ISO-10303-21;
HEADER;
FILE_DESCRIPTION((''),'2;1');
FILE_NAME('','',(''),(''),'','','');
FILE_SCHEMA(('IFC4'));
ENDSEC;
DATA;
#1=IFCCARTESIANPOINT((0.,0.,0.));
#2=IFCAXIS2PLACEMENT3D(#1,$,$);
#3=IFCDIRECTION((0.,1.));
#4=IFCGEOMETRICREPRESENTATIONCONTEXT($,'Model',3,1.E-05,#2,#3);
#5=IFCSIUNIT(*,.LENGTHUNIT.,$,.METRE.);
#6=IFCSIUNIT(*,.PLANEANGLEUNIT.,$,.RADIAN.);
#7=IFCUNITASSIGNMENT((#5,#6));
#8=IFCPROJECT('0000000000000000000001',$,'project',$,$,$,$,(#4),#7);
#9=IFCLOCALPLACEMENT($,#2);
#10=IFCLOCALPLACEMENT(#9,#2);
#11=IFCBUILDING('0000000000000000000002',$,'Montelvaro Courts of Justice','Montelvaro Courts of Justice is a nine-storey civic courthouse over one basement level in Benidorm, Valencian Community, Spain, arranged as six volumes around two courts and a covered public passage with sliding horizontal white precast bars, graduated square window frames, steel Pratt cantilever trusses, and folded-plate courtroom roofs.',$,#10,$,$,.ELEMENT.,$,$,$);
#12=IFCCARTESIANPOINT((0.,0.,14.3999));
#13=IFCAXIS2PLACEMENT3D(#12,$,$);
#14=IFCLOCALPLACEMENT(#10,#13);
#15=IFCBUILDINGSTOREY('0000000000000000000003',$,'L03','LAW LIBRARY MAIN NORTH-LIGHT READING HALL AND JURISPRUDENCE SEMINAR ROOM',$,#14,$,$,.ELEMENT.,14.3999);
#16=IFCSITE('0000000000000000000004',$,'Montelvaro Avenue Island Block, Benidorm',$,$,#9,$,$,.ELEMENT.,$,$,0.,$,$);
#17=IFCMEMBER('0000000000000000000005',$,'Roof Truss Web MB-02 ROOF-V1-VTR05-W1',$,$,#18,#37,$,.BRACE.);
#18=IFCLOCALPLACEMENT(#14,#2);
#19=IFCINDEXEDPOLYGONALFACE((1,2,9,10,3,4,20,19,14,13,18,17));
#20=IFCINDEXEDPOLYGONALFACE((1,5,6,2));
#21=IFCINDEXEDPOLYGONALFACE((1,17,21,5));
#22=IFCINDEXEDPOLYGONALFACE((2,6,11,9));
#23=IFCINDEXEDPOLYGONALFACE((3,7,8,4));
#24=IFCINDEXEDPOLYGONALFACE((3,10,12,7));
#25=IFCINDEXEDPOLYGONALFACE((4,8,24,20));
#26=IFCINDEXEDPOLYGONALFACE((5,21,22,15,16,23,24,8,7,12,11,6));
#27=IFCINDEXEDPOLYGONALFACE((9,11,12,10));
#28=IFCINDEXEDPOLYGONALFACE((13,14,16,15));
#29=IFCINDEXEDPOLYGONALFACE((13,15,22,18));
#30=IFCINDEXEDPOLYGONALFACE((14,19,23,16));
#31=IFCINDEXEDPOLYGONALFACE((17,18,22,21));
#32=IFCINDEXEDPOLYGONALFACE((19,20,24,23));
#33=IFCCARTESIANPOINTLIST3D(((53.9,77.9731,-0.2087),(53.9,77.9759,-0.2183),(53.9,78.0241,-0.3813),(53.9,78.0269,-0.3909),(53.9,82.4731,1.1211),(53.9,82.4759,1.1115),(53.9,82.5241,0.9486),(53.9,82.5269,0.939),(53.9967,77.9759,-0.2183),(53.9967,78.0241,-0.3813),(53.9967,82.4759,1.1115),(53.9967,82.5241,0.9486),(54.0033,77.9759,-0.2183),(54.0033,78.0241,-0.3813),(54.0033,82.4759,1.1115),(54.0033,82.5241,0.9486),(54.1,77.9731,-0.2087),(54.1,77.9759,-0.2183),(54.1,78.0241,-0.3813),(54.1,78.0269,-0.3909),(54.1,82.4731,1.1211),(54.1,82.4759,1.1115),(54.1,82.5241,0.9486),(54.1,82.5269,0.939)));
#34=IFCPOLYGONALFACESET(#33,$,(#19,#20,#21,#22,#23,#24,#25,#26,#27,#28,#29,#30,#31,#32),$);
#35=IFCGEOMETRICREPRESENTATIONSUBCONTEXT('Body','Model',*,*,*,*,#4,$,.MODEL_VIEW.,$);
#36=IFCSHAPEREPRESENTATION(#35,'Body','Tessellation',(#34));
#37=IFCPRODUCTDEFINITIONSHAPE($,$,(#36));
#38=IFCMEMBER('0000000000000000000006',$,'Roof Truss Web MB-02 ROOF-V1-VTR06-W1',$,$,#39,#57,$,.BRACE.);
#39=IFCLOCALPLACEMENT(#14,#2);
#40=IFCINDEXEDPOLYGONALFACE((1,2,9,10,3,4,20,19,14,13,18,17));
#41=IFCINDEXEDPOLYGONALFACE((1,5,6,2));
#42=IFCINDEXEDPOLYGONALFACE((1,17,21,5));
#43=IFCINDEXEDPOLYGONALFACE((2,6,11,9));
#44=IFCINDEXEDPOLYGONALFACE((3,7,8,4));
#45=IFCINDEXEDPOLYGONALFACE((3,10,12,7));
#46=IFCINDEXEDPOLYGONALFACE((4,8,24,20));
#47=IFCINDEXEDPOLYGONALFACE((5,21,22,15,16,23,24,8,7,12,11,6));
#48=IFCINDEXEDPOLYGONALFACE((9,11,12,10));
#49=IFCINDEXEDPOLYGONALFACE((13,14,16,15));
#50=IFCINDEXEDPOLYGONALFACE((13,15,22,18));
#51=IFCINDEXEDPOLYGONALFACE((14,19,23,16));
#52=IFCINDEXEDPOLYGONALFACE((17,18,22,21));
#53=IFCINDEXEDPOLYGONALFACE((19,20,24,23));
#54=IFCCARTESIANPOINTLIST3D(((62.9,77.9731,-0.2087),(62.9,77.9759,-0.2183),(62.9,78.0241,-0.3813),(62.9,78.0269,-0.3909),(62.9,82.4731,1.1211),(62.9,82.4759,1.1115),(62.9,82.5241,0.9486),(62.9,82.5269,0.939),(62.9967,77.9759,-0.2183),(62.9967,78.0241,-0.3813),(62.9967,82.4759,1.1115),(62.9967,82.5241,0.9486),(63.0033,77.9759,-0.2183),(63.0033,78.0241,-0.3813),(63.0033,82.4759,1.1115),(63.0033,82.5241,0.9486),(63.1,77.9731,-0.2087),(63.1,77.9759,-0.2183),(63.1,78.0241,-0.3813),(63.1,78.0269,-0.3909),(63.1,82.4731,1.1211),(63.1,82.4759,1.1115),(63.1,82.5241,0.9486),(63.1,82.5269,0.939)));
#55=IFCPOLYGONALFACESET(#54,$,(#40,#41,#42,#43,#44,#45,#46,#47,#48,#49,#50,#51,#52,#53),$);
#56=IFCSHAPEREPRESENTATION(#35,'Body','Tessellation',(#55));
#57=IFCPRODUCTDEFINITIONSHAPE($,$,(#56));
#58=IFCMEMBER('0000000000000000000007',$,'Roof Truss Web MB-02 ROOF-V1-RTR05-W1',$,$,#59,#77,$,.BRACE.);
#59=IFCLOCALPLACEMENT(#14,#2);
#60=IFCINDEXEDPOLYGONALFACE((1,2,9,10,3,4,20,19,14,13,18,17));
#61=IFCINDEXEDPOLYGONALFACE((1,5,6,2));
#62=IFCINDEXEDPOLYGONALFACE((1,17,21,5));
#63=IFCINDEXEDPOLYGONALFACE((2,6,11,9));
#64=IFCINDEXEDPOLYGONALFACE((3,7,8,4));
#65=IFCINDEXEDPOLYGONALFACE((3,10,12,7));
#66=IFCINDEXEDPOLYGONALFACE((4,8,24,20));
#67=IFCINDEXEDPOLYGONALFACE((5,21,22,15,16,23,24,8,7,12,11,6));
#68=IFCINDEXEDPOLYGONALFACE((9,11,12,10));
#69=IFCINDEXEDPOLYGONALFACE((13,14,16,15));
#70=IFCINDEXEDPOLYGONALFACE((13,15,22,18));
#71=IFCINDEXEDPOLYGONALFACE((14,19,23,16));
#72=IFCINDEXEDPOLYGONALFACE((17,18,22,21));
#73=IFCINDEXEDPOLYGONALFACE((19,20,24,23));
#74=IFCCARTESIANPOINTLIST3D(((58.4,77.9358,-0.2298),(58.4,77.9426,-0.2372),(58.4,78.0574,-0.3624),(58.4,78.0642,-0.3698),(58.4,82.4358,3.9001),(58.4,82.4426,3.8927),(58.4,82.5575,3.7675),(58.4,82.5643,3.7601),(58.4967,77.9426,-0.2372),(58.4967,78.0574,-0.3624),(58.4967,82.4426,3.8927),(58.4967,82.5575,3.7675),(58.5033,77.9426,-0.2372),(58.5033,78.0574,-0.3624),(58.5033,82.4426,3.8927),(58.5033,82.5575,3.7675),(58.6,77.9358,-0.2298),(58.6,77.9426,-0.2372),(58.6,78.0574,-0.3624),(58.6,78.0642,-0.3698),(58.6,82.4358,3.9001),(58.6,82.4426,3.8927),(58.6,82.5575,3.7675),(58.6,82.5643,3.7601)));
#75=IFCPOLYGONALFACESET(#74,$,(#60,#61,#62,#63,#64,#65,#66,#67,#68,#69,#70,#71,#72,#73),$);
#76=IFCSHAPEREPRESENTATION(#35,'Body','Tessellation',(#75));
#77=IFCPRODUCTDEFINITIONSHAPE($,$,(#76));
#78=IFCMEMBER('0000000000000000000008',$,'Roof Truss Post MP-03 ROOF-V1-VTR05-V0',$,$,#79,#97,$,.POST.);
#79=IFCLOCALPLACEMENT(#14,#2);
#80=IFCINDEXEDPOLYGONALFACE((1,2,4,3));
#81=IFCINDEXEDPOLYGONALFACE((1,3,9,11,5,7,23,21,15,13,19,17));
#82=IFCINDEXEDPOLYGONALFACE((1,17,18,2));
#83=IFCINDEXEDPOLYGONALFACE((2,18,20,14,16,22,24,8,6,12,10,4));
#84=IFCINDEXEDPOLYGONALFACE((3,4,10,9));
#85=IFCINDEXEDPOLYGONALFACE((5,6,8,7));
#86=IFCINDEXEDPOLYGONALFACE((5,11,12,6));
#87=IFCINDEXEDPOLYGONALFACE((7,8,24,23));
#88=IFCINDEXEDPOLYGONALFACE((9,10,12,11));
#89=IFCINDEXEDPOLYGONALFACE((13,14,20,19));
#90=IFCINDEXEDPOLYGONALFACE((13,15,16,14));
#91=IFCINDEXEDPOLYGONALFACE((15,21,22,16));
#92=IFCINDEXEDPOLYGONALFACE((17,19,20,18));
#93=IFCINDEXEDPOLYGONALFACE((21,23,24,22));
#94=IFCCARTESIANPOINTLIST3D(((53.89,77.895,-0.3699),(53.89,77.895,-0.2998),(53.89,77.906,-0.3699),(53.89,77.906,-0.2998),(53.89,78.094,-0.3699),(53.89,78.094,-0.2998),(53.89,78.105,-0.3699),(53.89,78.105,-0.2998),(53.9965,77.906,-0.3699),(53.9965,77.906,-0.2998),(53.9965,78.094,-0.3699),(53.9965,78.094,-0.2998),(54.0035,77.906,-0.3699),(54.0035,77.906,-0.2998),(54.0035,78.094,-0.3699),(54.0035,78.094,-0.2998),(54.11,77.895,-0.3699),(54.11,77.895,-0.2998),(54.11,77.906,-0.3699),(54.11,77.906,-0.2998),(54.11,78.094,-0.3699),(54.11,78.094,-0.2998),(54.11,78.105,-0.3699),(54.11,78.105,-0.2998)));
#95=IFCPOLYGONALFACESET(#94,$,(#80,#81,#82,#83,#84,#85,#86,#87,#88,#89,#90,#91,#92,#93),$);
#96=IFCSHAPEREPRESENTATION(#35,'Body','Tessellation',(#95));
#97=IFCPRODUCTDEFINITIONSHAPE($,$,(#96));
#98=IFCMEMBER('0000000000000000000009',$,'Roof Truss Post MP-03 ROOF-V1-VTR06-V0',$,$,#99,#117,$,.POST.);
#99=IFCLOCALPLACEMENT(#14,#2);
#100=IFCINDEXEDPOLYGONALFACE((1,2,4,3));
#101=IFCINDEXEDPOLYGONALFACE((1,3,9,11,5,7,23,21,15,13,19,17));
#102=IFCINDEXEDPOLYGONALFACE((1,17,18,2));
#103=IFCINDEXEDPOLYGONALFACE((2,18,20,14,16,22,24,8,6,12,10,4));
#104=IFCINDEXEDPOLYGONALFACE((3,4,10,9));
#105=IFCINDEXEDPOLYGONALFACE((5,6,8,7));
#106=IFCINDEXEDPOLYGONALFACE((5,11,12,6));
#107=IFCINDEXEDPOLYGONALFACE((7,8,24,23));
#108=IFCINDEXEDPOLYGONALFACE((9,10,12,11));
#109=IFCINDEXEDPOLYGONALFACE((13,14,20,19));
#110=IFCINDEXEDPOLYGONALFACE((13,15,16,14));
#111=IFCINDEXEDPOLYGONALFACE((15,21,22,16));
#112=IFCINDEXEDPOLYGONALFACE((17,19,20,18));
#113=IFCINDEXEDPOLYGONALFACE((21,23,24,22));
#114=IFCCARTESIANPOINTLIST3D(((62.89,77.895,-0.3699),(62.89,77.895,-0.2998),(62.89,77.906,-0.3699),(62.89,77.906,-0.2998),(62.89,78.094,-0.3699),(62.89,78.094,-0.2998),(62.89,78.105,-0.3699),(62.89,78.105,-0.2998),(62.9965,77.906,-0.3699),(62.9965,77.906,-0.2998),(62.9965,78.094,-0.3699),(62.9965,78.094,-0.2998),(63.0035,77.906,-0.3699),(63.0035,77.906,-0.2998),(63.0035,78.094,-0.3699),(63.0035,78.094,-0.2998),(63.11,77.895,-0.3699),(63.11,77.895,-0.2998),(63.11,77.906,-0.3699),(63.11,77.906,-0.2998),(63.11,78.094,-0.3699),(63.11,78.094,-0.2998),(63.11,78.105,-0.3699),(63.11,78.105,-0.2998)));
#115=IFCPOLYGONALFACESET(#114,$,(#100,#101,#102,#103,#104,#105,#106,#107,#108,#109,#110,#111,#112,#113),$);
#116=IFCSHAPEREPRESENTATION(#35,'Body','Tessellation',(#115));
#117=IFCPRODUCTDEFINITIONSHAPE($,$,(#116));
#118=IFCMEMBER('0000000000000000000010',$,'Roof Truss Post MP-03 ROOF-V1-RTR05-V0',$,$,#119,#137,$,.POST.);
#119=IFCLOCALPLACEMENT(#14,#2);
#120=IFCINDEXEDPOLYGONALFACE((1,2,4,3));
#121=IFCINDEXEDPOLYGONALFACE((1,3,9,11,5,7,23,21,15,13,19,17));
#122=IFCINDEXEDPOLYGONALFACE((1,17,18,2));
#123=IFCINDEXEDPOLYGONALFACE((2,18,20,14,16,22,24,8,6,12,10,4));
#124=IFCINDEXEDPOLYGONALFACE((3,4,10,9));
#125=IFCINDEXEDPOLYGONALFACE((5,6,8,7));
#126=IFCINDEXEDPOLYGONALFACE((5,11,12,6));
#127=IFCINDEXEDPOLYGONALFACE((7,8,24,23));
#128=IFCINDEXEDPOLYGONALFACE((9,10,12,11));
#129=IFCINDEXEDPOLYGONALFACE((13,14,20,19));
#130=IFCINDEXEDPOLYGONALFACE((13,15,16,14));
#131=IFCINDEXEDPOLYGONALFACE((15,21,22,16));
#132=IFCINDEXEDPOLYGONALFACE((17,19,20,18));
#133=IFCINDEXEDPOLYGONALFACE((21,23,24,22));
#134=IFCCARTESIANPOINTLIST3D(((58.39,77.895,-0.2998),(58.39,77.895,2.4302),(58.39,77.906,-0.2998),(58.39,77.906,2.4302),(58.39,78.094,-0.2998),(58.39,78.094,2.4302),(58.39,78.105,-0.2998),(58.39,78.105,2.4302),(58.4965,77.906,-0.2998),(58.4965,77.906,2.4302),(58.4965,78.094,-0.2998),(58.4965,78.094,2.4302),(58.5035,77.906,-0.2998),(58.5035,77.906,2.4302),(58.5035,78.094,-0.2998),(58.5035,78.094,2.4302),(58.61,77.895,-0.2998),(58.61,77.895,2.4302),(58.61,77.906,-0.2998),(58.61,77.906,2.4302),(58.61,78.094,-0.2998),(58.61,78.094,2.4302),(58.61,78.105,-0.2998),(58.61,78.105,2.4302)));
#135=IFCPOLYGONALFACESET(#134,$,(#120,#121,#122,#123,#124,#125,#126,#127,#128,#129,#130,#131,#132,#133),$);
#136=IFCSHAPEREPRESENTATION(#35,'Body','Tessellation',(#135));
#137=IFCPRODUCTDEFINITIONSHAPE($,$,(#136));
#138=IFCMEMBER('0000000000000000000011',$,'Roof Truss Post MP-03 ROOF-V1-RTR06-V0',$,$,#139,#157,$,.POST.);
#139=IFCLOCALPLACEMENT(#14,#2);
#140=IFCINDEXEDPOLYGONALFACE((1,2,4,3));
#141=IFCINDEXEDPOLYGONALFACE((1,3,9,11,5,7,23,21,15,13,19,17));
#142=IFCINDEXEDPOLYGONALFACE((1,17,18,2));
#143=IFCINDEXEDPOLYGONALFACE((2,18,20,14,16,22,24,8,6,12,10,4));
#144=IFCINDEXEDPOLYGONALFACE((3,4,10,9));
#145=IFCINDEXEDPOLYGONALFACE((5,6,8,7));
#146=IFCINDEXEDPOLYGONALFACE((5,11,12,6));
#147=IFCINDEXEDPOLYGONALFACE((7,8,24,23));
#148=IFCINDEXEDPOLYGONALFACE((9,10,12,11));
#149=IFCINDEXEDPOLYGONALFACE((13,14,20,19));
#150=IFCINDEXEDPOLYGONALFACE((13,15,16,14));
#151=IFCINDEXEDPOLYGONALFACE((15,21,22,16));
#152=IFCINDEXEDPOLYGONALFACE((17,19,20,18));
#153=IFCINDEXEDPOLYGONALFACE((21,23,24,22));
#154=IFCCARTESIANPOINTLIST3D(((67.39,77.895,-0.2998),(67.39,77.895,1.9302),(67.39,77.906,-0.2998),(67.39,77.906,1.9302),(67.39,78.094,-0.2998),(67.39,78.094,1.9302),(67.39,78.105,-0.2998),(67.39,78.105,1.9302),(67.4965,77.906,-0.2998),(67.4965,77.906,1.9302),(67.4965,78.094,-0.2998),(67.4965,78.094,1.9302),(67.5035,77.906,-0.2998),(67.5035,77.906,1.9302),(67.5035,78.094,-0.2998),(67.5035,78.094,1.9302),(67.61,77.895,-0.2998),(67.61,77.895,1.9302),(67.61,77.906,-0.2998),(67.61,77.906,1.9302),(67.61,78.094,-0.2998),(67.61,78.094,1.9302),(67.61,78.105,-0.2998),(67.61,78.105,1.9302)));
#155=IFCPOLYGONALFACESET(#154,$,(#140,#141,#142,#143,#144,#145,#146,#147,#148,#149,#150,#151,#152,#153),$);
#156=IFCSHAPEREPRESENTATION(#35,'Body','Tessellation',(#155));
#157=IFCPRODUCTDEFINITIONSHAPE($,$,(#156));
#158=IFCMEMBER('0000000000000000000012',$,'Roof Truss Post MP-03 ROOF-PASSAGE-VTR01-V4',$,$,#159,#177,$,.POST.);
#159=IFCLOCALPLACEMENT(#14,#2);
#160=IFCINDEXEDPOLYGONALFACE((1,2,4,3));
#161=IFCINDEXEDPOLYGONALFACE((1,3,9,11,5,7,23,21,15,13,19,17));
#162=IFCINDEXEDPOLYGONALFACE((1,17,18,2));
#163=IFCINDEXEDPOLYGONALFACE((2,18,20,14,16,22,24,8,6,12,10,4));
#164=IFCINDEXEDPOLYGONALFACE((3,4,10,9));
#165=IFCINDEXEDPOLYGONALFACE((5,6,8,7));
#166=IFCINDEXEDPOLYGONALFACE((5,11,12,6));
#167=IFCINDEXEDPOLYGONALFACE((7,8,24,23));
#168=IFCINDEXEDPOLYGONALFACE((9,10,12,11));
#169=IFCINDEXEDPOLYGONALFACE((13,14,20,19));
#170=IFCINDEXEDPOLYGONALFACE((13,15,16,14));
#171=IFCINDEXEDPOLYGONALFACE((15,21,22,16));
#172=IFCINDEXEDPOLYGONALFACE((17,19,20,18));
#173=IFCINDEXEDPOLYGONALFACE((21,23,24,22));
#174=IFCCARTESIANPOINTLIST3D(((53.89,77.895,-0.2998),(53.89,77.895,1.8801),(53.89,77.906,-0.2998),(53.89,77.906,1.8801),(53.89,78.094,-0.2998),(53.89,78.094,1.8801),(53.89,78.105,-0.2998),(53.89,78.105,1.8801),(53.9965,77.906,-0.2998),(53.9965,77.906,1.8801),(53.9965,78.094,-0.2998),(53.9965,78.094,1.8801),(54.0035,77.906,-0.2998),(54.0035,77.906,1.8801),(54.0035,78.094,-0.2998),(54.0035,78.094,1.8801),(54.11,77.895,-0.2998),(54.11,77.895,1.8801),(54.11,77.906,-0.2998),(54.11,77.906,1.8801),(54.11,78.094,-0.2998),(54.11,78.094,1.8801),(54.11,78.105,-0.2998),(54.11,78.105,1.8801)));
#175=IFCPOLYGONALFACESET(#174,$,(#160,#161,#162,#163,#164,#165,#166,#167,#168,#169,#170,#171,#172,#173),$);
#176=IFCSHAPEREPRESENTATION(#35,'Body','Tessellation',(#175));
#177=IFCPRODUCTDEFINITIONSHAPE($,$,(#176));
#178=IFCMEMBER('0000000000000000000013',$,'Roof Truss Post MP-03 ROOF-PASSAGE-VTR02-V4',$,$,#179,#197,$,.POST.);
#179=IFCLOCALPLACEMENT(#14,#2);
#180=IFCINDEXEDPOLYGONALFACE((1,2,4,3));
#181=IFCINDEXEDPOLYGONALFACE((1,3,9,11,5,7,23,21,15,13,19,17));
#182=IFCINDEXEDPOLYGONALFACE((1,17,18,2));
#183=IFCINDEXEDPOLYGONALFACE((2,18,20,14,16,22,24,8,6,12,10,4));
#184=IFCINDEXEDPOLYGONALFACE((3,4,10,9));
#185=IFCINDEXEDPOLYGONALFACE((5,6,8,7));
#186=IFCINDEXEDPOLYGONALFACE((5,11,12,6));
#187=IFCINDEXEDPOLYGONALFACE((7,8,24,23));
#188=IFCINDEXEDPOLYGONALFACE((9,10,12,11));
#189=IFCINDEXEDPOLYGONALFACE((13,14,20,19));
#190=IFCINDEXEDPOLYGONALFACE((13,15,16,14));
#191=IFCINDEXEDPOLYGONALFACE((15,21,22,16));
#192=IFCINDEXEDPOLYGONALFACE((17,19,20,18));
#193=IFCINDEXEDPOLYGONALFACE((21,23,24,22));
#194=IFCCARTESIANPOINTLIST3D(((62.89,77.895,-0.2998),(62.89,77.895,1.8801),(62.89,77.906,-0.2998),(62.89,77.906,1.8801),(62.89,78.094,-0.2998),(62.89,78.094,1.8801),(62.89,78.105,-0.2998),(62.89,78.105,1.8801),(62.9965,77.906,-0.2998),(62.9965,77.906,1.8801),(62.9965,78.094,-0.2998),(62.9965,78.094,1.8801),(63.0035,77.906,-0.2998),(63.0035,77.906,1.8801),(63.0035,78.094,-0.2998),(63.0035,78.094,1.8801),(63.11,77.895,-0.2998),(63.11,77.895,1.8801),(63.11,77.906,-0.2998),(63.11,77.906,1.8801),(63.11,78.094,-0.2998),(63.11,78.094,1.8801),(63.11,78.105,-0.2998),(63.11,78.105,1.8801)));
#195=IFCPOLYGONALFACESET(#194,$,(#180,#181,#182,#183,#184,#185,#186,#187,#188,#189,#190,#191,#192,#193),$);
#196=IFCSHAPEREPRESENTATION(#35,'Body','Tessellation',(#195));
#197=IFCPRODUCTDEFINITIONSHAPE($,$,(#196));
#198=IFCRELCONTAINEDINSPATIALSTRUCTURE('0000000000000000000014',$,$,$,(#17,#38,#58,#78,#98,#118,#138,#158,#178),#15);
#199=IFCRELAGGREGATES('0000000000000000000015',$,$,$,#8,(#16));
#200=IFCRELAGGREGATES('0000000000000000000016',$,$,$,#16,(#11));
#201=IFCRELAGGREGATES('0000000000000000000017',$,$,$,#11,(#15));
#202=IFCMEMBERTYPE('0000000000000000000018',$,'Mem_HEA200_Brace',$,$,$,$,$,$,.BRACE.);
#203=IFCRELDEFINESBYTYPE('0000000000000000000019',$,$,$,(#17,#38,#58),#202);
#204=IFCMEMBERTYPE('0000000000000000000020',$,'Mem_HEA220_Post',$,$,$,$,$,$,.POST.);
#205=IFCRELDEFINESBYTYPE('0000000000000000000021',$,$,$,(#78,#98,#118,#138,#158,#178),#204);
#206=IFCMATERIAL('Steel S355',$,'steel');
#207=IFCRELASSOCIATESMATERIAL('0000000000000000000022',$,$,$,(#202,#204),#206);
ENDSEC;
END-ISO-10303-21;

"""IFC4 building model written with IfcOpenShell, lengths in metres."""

from ifc_helpers import new_model, si_unit, direction, frame, origin, origin_2d, place, context, subcontext, project, spatial, i_section, extrude, material, material_profile, profile_set, type_object, element, save


model = new_model("IFC4")

# Units and contexts
model_context = context("Model", 3, precision=1e-05, world=origin(), true_north=direction((0.0, 1.0)))
body_context = subcontext(model_context, "Body", "Model", "MODEL_VIEW")
ifc_project = project(units=[si_unit("LENGTHUNIT", "METRE"), si_unit("PLANEANGLEUNIT", "RADIAN")], contexts=[model_context])

# Site, building, storey
site_placement = place(None, origin())
site = spatial("IfcSite", under=ifc_project, at=site_placement, Name="Montelvaro Avenue Island Block, Benidorm", CompositionType="ELEMENT", RefElevation=0.0)
building_placement = place(site_placement, origin())
building = spatial("IfcBuilding", under=site, at=building_placement, Name="Montelvaro Courts of Justice", Description="Montelvaro Courts of Justice is a nine-storey civic courthouse over one basement level in Benidorm, Valencian Community, Spain, arranged as six volumes around two courts and a covered public passage with sliding horizontal white precast bars, graduated square window frames, steel Pratt cantilever trusses, and folded-plate courtroom roofs.", CompositionType="ELEMENT")
storey_placement = place(building_placement, frame((0.0, 0.0, 14.3999)))
storey = spatial("IfcBuildingStorey", under=building, at=storey_placement, Name="L03", Description="LAW LIBRARY MAIN NORTH-LIGHT READING HALL AND JURISPRUDENCE SEMINAR ROOM", CompositionType="ELEMENT", Elevation=14.3999)

# Members
ifc_material_1 = material(Name="Steel S355", Category="steel")
ifc_material_profile_1 = material_profile(ifc_material_1, i_section(OverallWidth=0.2, OverallDepth=0.1899, WebThickness=0.0066, FlangeThickness=0.01, at=origin_2d()), Name="HEA 200")
ifc_profile_set_1 = profile_set([ifc_material_profile_1], Name="Steel S355")
member_type_1 = type_object("IfcMemberType", Name="Mem_HEA200_Brace", PredefinedType="BRACE", material=ifc_profile_set_1)
for number, where, z_axis, x_axis, name in (
    (1, (54.0, 78.0, -0.2998), (0.0, 0.959001, 0.283403), (-1.0, 0.0, 0.0), "Roof Truss Web MB-02 ROOF-V1-VTR05-W1"),
    (2, (63.0, 78.0, -0.2998), (0.0, 0.959001, 0.283403), (-1.0, 0.0, 0.0), "Roof Truss Web MB-02 ROOF-V1-VTR06-W1"),
):
    element("IfcMember", number, at=place(storey_placement, frame(where, z_axis=z_axis, x_axis=x_axis)), inside=storey, type_object=member_type_1, Name=name, PredefinedType="BRACE", context=body_context, shape_type="SweptSolid", body=[
        extrude(i_section(OverallWidth=0.2, OverallDepth=0.1899, WebThickness=0.0066, FlangeThickness=0.01, at=origin_2d()), origin(), (0.0, 0.0, 1.0), 4.6924),
    ])
member_1_placement = place(storey_placement, frame((58.5, 78.0, -0.2998), z_axis=(0.0, 0.736756, 0.676159), x_axis=(-1.0, 0.0, 0.0)))
element("IfcMember", 3, at=member_1_placement, inside=storey, type_object=member_type_1, Name="Roof Truss Web MB-02 ROOF-V1-RTR05-W1", PredefinedType="BRACE", context=body_context, shape_type="SweptSolid", body=[
    extrude(i_section(OverallWidth=0.2, OverallDepth=0.1899, WebThickness=0.0066, FlangeThickness=0.01, at=origin_2d()), origin(), (0.0, 0.0, 1.0), 6.1079),
])
ifc_material_profile_2 = material_profile(ifc_material_1, i_section(OverallWidth=0.22, OverallDepth=0.21, WebThickness=0.0071, FlangeThickness=0.011, at=origin_2d()), Name="HEA 220")
ifc_profile_set_2 = profile_set([ifc_material_profile_2], Name="Steel S355")
member_type_2 = type_object("IfcMemberType", Name="Mem_HEA220_Post", PredefinedType="POST", material=ifc_profile_set_2)
for number, where, z_axis, x_axis, name in (
    (4, (54.0, 78.0, -0.2998), (0.0, 0.0, -1.0), (1.0, 0.0, 0.0), "Roof Truss Post MP-03 ROOF-V1-VTR05-V0"),
    (5, (63.0, 78.0, -0.2998), (0.0, 0.0, -1.0), (1.0, 0.0, 0.0), "Roof Truss Post MP-03 ROOF-V1-VTR06-V0"),
):
    element("IfcMember", number, at=place(storey_placement, frame(where, z_axis=z_axis, x_axis=x_axis)), inside=storey, type_object=member_type_2, Name=name, PredefinedType="POST", context=body_context, shape_type="SweptSolid", body=[
        extrude(i_section(OverallWidth=0.22, OverallDepth=0.21, WebThickness=0.0071, FlangeThickness=0.011, at=origin_2d()), origin(), (0.0, 0.0, 1.0), 0.0701),
    ])
member_2_placement = place(storey_placement, frame((58.5, 78.0, -0.2998), z_axis=(0.0, 0.0, 1.0), x_axis=(1.0, 0.0, 0.0)))
element("IfcMember", 6, at=member_2_placement, inside=storey, type_object=member_type_2, Name="Roof Truss Post MP-03 ROOF-V1-RTR05-V0", PredefinedType="POST", context=body_context, shape_type="SweptSolid", body=[
    extrude(i_section(OverallWidth=0.22, OverallDepth=0.21, WebThickness=0.0071, FlangeThickness=0.011, at=origin_2d()), origin(), (0.0, 0.0, 1.0), 2.73),
])
member_3_placement = place(storey_placement, frame((67.5, 78.0, -0.2998), z_axis=(0.0, 0.0, 1.0), x_axis=(1.0, 0.0, 0.0)))
element("IfcMember", 7, at=member_3_placement, inside=storey, type_object=member_type_2, Name="Roof Truss Post MP-03 ROOF-V1-RTR06-V0", PredefinedType="POST", context=body_context, shape_type="SweptSolid", body=[
    extrude(i_section(OverallWidth=0.22, OverallDepth=0.21, WebThickness=0.0071, FlangeThickness=0.011, at=origin_2d()), origin(), (0.0, 0.0, 1.0), 2.23),
])
for number, where, z_axis, x_axis, name in (
    (8, (54.0, 78.0, -0.2998), (0.0, 0.0, 1.0), (1.0, 0.0, 0.0), "Roof Truss Post MP-03 ROOF-PASSAGE-VTR01-V4"),
    (9, (63.0, 78.0, -0.2998), (0.0, 0.0, 1.0), (1.0, 0.0, 0.0), "Roof Truss Post MP-03 ROOF-PASSAGE-VTR02-V4"),
):
    element("IfcMember", number, at=place(storey_placement, frame(where, z_axis=z_axis, x_axis=x_axis)), inside=storey, type_object=member_type_2, Name=name, PredefinedType="POST", context=body_context, shape_type="SweptSolid", body=[
        extrude(i_section(OverallWidth=0.22, OverallDepth=0.21, WebThickness=0.0071, FlangeThickness=0.011, at=origin_2d()), origin(), (0.0, 0.0, 1.0), 2.1799),
    ])

save(model, "model.ifc")
